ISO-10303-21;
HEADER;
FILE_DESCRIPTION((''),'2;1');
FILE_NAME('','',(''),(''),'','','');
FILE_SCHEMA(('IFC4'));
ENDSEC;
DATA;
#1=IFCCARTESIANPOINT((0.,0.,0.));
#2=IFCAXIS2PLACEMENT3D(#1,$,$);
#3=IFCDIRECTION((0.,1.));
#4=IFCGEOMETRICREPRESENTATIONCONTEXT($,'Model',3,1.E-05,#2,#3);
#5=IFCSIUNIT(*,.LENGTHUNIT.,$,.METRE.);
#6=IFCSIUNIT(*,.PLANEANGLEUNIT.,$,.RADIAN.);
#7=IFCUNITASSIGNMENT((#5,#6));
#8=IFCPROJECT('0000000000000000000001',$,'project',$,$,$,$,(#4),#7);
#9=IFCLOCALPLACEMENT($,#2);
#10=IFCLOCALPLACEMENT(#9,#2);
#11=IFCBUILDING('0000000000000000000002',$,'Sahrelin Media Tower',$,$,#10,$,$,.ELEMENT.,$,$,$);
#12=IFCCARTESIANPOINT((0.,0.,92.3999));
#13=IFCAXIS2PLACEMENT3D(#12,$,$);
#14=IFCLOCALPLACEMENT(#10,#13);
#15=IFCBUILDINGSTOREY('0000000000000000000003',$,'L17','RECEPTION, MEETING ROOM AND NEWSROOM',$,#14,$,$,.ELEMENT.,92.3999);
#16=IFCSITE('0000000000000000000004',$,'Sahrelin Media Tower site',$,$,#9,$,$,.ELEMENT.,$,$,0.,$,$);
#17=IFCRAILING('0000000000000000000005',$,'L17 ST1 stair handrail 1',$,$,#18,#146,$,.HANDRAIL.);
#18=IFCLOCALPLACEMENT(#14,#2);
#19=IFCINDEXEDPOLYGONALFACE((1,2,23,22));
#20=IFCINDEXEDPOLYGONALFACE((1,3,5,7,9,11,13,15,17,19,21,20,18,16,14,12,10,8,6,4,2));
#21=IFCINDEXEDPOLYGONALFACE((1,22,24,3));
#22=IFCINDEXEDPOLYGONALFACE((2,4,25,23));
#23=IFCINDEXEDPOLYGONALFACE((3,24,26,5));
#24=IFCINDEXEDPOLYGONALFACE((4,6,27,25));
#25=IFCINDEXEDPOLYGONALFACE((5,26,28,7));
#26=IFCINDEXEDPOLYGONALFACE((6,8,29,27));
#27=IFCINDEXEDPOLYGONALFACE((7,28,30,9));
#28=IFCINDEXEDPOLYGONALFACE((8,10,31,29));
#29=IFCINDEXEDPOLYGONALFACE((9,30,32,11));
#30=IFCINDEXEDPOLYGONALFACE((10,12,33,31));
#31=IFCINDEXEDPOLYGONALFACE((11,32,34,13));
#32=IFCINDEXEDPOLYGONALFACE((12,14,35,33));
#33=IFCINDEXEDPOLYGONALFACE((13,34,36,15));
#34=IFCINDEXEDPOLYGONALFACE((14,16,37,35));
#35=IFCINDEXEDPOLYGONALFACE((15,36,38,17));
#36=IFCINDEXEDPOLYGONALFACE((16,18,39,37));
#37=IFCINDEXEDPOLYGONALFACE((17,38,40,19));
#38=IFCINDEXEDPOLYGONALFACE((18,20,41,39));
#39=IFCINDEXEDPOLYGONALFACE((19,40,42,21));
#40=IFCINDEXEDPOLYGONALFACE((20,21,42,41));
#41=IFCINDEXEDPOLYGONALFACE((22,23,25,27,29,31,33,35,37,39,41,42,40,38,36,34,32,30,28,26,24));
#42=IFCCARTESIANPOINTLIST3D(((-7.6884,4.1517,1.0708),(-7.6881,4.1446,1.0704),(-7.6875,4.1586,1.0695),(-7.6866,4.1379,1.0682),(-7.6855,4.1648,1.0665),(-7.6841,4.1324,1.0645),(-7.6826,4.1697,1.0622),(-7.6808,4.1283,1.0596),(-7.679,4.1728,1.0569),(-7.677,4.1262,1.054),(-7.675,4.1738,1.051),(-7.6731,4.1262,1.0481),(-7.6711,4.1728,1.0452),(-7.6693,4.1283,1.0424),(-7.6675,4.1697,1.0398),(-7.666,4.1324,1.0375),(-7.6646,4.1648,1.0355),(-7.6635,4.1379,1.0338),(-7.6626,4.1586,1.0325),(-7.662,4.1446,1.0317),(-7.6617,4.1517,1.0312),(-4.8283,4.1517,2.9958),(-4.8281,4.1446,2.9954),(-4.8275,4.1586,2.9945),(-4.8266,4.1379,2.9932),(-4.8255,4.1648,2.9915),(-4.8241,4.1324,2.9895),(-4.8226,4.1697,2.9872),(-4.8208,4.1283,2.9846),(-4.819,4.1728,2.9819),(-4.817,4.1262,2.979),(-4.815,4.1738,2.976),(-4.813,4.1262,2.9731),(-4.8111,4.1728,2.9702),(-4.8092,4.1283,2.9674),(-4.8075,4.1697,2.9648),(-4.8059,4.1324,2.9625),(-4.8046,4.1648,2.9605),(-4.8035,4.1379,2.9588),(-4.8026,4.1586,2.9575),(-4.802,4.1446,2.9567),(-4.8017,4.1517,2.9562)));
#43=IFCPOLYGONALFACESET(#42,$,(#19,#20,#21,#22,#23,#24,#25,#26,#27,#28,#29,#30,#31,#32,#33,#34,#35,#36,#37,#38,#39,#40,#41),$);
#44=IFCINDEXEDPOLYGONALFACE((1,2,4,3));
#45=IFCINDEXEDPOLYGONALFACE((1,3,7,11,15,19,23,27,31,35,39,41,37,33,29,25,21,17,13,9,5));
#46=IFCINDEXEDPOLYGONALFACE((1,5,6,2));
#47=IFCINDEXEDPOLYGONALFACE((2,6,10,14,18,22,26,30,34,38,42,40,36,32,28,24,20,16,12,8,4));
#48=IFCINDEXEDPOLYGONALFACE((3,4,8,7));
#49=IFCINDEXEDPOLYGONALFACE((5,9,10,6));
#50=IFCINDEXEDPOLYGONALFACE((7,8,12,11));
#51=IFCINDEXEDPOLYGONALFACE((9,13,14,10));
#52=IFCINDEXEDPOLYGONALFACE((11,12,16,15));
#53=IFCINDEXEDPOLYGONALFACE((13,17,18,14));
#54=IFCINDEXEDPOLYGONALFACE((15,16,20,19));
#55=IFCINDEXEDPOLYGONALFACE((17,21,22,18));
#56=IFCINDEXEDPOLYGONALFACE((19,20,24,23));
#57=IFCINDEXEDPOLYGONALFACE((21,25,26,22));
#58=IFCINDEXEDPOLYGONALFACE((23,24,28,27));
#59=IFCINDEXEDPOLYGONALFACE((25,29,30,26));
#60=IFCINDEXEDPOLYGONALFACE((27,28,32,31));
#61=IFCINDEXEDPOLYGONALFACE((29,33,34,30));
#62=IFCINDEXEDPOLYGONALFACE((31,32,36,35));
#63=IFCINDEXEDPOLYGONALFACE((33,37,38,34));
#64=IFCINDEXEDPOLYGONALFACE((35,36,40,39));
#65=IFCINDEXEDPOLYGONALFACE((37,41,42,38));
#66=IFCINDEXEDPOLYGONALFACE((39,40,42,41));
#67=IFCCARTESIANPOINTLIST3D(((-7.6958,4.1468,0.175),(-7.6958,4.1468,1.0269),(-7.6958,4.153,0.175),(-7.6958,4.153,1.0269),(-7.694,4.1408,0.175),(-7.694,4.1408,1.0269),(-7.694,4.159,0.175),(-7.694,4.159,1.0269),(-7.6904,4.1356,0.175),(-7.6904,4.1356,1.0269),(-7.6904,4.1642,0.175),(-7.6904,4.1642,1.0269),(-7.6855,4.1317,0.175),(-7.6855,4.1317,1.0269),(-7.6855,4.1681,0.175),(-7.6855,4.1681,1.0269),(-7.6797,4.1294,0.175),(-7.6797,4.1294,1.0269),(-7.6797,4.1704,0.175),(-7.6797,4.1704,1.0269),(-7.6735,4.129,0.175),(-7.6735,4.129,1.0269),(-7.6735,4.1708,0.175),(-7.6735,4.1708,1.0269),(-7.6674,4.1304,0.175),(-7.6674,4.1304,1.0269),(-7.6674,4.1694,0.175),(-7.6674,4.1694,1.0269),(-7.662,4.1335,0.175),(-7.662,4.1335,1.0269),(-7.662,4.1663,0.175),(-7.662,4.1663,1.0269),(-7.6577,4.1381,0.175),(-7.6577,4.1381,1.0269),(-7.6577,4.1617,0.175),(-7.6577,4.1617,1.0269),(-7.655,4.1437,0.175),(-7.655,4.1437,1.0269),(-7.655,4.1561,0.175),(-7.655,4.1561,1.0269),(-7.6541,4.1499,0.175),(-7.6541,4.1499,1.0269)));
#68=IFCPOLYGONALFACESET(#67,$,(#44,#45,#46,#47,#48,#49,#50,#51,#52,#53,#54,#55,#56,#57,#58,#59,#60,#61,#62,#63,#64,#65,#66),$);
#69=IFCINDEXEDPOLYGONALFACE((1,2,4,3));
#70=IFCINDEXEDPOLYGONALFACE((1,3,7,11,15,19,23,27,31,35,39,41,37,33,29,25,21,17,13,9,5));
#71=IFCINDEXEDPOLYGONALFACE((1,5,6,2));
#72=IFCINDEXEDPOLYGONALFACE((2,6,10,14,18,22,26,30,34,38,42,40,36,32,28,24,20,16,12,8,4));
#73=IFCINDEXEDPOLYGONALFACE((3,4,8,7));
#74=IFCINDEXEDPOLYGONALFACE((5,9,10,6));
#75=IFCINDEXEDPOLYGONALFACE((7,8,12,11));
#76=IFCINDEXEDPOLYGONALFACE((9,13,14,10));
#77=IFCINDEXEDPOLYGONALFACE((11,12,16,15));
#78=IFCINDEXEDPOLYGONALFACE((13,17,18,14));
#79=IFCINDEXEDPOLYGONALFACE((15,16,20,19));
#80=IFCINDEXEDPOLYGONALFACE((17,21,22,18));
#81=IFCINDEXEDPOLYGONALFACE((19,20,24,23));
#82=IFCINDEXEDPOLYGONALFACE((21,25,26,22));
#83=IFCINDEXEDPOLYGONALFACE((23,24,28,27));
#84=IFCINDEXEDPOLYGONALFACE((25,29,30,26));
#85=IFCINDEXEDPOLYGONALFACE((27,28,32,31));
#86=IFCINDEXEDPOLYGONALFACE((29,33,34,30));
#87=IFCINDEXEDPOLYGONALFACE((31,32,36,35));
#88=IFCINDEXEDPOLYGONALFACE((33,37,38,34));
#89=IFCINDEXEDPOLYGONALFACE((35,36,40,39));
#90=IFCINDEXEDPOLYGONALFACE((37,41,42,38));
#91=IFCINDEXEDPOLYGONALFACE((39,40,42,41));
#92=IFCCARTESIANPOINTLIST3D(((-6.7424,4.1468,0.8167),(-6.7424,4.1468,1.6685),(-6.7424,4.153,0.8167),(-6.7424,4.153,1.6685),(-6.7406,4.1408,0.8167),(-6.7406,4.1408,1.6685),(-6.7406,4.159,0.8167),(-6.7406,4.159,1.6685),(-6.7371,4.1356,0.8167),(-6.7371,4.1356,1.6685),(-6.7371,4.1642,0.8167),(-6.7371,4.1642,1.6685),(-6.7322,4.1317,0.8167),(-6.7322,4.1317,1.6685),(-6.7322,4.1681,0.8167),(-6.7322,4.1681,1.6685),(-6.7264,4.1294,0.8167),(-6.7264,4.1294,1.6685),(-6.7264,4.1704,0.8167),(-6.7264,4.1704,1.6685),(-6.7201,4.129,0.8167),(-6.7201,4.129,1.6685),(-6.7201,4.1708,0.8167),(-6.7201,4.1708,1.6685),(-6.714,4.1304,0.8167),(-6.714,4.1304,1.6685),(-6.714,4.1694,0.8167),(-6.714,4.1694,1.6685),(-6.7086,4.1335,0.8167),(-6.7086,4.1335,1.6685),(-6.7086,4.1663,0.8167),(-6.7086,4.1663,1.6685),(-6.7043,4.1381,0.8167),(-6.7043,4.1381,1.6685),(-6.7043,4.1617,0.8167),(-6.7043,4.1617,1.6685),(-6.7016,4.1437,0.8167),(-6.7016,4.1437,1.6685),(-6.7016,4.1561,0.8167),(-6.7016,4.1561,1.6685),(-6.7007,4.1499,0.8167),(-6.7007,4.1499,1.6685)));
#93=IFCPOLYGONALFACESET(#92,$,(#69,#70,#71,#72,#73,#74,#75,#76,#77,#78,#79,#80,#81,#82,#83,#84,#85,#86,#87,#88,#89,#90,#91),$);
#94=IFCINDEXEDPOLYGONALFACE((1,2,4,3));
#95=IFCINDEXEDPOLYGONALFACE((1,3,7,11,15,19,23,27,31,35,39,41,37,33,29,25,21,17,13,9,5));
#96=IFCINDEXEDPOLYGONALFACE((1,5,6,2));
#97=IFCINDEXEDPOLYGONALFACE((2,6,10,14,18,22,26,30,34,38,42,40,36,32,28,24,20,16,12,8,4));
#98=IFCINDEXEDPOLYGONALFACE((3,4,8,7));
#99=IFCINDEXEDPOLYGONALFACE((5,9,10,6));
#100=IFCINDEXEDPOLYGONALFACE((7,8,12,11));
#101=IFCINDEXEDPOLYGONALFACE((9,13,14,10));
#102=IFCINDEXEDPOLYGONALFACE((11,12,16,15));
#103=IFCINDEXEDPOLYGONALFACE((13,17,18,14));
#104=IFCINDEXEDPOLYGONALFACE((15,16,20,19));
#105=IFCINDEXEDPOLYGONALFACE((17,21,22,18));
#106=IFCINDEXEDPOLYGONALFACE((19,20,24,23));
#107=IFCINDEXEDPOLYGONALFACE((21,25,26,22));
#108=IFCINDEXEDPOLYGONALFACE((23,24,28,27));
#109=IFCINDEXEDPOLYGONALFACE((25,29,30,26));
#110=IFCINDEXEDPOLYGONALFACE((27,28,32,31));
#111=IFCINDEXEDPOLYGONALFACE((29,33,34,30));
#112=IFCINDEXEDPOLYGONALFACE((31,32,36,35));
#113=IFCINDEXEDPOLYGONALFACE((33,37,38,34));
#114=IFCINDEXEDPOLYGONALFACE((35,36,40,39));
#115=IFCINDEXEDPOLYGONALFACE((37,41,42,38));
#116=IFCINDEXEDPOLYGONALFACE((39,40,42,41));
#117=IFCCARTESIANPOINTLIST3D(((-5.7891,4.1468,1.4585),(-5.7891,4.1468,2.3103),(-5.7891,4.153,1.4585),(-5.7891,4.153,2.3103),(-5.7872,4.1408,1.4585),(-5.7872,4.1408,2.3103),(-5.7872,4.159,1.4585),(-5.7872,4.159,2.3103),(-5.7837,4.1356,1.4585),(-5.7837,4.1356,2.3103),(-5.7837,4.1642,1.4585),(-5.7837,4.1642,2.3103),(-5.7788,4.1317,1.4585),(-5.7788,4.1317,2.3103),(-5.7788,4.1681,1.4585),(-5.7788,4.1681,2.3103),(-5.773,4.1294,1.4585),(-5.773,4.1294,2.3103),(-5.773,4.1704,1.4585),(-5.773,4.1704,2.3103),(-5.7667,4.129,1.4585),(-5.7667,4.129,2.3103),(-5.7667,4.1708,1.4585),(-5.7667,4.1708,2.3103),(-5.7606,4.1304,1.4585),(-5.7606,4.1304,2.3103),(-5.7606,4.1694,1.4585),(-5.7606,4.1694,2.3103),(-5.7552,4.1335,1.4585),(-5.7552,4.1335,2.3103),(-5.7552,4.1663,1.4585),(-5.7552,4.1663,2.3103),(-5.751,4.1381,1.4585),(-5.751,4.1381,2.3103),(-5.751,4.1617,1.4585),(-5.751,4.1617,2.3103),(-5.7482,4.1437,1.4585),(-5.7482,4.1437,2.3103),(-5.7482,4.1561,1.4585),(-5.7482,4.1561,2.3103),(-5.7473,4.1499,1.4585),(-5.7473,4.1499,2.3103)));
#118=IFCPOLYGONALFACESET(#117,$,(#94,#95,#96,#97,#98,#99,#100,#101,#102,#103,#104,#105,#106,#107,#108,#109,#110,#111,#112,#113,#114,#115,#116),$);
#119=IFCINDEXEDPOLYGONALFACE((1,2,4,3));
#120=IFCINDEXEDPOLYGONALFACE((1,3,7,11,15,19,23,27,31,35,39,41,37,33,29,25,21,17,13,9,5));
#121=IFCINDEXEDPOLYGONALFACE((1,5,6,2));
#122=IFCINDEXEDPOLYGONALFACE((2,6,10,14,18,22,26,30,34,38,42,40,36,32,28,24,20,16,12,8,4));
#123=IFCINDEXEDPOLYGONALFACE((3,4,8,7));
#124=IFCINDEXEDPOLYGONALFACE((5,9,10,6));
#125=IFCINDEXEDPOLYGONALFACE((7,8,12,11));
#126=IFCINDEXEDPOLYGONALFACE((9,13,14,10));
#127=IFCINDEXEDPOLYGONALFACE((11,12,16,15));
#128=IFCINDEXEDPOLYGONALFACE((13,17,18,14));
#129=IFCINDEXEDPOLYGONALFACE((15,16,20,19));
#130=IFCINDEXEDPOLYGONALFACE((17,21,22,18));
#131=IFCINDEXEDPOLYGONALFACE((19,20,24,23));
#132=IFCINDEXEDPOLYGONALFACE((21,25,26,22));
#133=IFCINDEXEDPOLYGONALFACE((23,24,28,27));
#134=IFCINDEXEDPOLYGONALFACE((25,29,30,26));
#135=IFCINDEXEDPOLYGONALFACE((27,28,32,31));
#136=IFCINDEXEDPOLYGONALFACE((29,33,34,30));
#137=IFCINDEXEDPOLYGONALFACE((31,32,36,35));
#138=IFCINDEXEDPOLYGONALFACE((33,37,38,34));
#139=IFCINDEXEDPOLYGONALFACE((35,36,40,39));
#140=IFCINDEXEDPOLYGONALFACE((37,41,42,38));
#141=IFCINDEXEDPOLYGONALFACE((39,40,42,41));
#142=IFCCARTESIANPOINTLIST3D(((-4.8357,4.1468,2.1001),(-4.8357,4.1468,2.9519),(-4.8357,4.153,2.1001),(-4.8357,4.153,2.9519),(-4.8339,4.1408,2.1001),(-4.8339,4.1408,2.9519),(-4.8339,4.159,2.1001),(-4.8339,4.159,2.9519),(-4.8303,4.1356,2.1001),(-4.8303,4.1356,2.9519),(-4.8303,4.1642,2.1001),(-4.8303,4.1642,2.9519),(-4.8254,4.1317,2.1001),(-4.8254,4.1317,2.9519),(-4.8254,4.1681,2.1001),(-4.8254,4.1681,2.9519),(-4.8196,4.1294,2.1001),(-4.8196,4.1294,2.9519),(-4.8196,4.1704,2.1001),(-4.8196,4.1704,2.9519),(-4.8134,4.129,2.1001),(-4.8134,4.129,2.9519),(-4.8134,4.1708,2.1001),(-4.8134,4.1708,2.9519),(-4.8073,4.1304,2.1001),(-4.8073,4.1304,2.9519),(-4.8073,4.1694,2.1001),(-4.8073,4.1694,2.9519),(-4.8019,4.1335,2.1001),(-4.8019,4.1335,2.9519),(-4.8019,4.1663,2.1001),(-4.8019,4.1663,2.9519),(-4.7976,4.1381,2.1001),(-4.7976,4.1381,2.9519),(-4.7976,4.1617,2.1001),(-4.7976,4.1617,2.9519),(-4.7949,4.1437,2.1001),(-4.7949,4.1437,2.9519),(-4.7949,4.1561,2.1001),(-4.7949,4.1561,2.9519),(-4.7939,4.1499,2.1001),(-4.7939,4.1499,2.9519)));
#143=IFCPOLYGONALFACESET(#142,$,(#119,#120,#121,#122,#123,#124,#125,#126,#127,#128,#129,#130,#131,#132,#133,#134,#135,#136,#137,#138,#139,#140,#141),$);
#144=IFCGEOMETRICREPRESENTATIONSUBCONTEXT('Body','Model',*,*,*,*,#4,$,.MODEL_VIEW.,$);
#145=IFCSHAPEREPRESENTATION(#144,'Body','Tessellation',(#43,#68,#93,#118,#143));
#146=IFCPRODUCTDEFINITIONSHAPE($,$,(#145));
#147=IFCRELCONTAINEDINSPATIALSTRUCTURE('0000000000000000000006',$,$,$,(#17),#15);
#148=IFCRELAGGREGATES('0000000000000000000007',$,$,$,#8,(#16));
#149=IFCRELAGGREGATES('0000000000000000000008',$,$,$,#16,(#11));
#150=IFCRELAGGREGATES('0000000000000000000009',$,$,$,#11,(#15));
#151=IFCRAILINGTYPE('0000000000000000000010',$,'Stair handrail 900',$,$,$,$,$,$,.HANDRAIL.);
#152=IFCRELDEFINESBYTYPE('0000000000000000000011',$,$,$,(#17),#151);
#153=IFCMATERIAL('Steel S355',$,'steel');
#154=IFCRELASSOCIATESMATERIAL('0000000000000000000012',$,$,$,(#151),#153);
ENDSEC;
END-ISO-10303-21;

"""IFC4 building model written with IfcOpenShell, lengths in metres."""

from ifc_helpers import new_model, si_unit, direction, frame, origin, origin_2d, place, context, subcontext, project, spatial, circle, extrude, material, type_object, element, save


model = new_model("IFC4")

# Units and contexts
model_context = context("Model", 3, precision=1e-05, world=origin(), true_north=direction((0.0, 1.0)))
body_context = subcontext(model_context, "Body", "Model", "MODEL_VIEW")
ifc_project = project(units=[si_unit("LENGTHUNIT", "METRE"), si_unit("PLANEANGLEUNIT", "RADIAN")], contexts=[model_context])

# Site, building, storey
site_placement = place(None, origin())
site = spatial("IfcSite", under=ifc_project, at=site_placement, Name="Sahrelin Media Tower site", CompositionType="ELEMENT", RefElevation=0.0)
building_placement = place(site_placement, origin())
building = spatial("IfcBuilding", under=site, at=building_placement, Name="Sahrelin Media Tower", CompositionType="ELEMENT")
storey_placement = place(building_placement, frame((0.0, 0.0, 92.3999)))
storey = spatial("IfcBuildingStorey", under=building, at=storey_placement, Name="L17", Description="RECEPTION, MEETING ROOM AND NEWSROOM", CompositionType="ELEMENT", Elevation=92.3999)

# Shared definitions
ifc_material_1 = material(Name="Steel S355", Category="steel")

# Railing
railing_type_1 = type_object("IfcRailingType", Name="Stair handrail 900", PredefinedType="HANDRAIL", material=ifc_material_1)
railing_1_placement = place(storey_placement, frame((-7.675, 4.1499, 0.175)))
element("IfcRailing", 1, at=railing_1_placement, inside=storey, type_object=railing_type_1, Name="L17 ST1 stair handrail 1", PredefinedType="HANDRAIL", context=body_context, shape_type="SweptSolid", body=[
    extrude(circle(Radius=0.0239, at=origin_2d()), frame((0.0, 0.0, 0.876), z_axis=(0.829591, 0.0, 0.558372), x_axis=(0.0, 1.0, 0.0)), (0.0, 0.0, 1.0), 3.4475),
    extrude(circle(Radius=0.021, at=origin_2d()), origin(), (0.0, 0.0, 1.0), 0.8518),
    extrude(circle(Radius=0.021, at=origin_2d()), frame((0.9534, 0.0, 0.6416)), (0.0, 0.0, 1.0), 0.8518),
    extrude(circle(Radius=0.021, at=origin_2d()), frame((1.9067, 0.0, 1.2834)), (0.0, 0.0, 1.0), 0.8518),
    extrude(circle(Radius=0.021, at=origin_2d()), frame((2.8601, 0.0, 1.925)), (0.0, 0.0, 1.0), 0.8518),
])

save(model, "model.ifc")
